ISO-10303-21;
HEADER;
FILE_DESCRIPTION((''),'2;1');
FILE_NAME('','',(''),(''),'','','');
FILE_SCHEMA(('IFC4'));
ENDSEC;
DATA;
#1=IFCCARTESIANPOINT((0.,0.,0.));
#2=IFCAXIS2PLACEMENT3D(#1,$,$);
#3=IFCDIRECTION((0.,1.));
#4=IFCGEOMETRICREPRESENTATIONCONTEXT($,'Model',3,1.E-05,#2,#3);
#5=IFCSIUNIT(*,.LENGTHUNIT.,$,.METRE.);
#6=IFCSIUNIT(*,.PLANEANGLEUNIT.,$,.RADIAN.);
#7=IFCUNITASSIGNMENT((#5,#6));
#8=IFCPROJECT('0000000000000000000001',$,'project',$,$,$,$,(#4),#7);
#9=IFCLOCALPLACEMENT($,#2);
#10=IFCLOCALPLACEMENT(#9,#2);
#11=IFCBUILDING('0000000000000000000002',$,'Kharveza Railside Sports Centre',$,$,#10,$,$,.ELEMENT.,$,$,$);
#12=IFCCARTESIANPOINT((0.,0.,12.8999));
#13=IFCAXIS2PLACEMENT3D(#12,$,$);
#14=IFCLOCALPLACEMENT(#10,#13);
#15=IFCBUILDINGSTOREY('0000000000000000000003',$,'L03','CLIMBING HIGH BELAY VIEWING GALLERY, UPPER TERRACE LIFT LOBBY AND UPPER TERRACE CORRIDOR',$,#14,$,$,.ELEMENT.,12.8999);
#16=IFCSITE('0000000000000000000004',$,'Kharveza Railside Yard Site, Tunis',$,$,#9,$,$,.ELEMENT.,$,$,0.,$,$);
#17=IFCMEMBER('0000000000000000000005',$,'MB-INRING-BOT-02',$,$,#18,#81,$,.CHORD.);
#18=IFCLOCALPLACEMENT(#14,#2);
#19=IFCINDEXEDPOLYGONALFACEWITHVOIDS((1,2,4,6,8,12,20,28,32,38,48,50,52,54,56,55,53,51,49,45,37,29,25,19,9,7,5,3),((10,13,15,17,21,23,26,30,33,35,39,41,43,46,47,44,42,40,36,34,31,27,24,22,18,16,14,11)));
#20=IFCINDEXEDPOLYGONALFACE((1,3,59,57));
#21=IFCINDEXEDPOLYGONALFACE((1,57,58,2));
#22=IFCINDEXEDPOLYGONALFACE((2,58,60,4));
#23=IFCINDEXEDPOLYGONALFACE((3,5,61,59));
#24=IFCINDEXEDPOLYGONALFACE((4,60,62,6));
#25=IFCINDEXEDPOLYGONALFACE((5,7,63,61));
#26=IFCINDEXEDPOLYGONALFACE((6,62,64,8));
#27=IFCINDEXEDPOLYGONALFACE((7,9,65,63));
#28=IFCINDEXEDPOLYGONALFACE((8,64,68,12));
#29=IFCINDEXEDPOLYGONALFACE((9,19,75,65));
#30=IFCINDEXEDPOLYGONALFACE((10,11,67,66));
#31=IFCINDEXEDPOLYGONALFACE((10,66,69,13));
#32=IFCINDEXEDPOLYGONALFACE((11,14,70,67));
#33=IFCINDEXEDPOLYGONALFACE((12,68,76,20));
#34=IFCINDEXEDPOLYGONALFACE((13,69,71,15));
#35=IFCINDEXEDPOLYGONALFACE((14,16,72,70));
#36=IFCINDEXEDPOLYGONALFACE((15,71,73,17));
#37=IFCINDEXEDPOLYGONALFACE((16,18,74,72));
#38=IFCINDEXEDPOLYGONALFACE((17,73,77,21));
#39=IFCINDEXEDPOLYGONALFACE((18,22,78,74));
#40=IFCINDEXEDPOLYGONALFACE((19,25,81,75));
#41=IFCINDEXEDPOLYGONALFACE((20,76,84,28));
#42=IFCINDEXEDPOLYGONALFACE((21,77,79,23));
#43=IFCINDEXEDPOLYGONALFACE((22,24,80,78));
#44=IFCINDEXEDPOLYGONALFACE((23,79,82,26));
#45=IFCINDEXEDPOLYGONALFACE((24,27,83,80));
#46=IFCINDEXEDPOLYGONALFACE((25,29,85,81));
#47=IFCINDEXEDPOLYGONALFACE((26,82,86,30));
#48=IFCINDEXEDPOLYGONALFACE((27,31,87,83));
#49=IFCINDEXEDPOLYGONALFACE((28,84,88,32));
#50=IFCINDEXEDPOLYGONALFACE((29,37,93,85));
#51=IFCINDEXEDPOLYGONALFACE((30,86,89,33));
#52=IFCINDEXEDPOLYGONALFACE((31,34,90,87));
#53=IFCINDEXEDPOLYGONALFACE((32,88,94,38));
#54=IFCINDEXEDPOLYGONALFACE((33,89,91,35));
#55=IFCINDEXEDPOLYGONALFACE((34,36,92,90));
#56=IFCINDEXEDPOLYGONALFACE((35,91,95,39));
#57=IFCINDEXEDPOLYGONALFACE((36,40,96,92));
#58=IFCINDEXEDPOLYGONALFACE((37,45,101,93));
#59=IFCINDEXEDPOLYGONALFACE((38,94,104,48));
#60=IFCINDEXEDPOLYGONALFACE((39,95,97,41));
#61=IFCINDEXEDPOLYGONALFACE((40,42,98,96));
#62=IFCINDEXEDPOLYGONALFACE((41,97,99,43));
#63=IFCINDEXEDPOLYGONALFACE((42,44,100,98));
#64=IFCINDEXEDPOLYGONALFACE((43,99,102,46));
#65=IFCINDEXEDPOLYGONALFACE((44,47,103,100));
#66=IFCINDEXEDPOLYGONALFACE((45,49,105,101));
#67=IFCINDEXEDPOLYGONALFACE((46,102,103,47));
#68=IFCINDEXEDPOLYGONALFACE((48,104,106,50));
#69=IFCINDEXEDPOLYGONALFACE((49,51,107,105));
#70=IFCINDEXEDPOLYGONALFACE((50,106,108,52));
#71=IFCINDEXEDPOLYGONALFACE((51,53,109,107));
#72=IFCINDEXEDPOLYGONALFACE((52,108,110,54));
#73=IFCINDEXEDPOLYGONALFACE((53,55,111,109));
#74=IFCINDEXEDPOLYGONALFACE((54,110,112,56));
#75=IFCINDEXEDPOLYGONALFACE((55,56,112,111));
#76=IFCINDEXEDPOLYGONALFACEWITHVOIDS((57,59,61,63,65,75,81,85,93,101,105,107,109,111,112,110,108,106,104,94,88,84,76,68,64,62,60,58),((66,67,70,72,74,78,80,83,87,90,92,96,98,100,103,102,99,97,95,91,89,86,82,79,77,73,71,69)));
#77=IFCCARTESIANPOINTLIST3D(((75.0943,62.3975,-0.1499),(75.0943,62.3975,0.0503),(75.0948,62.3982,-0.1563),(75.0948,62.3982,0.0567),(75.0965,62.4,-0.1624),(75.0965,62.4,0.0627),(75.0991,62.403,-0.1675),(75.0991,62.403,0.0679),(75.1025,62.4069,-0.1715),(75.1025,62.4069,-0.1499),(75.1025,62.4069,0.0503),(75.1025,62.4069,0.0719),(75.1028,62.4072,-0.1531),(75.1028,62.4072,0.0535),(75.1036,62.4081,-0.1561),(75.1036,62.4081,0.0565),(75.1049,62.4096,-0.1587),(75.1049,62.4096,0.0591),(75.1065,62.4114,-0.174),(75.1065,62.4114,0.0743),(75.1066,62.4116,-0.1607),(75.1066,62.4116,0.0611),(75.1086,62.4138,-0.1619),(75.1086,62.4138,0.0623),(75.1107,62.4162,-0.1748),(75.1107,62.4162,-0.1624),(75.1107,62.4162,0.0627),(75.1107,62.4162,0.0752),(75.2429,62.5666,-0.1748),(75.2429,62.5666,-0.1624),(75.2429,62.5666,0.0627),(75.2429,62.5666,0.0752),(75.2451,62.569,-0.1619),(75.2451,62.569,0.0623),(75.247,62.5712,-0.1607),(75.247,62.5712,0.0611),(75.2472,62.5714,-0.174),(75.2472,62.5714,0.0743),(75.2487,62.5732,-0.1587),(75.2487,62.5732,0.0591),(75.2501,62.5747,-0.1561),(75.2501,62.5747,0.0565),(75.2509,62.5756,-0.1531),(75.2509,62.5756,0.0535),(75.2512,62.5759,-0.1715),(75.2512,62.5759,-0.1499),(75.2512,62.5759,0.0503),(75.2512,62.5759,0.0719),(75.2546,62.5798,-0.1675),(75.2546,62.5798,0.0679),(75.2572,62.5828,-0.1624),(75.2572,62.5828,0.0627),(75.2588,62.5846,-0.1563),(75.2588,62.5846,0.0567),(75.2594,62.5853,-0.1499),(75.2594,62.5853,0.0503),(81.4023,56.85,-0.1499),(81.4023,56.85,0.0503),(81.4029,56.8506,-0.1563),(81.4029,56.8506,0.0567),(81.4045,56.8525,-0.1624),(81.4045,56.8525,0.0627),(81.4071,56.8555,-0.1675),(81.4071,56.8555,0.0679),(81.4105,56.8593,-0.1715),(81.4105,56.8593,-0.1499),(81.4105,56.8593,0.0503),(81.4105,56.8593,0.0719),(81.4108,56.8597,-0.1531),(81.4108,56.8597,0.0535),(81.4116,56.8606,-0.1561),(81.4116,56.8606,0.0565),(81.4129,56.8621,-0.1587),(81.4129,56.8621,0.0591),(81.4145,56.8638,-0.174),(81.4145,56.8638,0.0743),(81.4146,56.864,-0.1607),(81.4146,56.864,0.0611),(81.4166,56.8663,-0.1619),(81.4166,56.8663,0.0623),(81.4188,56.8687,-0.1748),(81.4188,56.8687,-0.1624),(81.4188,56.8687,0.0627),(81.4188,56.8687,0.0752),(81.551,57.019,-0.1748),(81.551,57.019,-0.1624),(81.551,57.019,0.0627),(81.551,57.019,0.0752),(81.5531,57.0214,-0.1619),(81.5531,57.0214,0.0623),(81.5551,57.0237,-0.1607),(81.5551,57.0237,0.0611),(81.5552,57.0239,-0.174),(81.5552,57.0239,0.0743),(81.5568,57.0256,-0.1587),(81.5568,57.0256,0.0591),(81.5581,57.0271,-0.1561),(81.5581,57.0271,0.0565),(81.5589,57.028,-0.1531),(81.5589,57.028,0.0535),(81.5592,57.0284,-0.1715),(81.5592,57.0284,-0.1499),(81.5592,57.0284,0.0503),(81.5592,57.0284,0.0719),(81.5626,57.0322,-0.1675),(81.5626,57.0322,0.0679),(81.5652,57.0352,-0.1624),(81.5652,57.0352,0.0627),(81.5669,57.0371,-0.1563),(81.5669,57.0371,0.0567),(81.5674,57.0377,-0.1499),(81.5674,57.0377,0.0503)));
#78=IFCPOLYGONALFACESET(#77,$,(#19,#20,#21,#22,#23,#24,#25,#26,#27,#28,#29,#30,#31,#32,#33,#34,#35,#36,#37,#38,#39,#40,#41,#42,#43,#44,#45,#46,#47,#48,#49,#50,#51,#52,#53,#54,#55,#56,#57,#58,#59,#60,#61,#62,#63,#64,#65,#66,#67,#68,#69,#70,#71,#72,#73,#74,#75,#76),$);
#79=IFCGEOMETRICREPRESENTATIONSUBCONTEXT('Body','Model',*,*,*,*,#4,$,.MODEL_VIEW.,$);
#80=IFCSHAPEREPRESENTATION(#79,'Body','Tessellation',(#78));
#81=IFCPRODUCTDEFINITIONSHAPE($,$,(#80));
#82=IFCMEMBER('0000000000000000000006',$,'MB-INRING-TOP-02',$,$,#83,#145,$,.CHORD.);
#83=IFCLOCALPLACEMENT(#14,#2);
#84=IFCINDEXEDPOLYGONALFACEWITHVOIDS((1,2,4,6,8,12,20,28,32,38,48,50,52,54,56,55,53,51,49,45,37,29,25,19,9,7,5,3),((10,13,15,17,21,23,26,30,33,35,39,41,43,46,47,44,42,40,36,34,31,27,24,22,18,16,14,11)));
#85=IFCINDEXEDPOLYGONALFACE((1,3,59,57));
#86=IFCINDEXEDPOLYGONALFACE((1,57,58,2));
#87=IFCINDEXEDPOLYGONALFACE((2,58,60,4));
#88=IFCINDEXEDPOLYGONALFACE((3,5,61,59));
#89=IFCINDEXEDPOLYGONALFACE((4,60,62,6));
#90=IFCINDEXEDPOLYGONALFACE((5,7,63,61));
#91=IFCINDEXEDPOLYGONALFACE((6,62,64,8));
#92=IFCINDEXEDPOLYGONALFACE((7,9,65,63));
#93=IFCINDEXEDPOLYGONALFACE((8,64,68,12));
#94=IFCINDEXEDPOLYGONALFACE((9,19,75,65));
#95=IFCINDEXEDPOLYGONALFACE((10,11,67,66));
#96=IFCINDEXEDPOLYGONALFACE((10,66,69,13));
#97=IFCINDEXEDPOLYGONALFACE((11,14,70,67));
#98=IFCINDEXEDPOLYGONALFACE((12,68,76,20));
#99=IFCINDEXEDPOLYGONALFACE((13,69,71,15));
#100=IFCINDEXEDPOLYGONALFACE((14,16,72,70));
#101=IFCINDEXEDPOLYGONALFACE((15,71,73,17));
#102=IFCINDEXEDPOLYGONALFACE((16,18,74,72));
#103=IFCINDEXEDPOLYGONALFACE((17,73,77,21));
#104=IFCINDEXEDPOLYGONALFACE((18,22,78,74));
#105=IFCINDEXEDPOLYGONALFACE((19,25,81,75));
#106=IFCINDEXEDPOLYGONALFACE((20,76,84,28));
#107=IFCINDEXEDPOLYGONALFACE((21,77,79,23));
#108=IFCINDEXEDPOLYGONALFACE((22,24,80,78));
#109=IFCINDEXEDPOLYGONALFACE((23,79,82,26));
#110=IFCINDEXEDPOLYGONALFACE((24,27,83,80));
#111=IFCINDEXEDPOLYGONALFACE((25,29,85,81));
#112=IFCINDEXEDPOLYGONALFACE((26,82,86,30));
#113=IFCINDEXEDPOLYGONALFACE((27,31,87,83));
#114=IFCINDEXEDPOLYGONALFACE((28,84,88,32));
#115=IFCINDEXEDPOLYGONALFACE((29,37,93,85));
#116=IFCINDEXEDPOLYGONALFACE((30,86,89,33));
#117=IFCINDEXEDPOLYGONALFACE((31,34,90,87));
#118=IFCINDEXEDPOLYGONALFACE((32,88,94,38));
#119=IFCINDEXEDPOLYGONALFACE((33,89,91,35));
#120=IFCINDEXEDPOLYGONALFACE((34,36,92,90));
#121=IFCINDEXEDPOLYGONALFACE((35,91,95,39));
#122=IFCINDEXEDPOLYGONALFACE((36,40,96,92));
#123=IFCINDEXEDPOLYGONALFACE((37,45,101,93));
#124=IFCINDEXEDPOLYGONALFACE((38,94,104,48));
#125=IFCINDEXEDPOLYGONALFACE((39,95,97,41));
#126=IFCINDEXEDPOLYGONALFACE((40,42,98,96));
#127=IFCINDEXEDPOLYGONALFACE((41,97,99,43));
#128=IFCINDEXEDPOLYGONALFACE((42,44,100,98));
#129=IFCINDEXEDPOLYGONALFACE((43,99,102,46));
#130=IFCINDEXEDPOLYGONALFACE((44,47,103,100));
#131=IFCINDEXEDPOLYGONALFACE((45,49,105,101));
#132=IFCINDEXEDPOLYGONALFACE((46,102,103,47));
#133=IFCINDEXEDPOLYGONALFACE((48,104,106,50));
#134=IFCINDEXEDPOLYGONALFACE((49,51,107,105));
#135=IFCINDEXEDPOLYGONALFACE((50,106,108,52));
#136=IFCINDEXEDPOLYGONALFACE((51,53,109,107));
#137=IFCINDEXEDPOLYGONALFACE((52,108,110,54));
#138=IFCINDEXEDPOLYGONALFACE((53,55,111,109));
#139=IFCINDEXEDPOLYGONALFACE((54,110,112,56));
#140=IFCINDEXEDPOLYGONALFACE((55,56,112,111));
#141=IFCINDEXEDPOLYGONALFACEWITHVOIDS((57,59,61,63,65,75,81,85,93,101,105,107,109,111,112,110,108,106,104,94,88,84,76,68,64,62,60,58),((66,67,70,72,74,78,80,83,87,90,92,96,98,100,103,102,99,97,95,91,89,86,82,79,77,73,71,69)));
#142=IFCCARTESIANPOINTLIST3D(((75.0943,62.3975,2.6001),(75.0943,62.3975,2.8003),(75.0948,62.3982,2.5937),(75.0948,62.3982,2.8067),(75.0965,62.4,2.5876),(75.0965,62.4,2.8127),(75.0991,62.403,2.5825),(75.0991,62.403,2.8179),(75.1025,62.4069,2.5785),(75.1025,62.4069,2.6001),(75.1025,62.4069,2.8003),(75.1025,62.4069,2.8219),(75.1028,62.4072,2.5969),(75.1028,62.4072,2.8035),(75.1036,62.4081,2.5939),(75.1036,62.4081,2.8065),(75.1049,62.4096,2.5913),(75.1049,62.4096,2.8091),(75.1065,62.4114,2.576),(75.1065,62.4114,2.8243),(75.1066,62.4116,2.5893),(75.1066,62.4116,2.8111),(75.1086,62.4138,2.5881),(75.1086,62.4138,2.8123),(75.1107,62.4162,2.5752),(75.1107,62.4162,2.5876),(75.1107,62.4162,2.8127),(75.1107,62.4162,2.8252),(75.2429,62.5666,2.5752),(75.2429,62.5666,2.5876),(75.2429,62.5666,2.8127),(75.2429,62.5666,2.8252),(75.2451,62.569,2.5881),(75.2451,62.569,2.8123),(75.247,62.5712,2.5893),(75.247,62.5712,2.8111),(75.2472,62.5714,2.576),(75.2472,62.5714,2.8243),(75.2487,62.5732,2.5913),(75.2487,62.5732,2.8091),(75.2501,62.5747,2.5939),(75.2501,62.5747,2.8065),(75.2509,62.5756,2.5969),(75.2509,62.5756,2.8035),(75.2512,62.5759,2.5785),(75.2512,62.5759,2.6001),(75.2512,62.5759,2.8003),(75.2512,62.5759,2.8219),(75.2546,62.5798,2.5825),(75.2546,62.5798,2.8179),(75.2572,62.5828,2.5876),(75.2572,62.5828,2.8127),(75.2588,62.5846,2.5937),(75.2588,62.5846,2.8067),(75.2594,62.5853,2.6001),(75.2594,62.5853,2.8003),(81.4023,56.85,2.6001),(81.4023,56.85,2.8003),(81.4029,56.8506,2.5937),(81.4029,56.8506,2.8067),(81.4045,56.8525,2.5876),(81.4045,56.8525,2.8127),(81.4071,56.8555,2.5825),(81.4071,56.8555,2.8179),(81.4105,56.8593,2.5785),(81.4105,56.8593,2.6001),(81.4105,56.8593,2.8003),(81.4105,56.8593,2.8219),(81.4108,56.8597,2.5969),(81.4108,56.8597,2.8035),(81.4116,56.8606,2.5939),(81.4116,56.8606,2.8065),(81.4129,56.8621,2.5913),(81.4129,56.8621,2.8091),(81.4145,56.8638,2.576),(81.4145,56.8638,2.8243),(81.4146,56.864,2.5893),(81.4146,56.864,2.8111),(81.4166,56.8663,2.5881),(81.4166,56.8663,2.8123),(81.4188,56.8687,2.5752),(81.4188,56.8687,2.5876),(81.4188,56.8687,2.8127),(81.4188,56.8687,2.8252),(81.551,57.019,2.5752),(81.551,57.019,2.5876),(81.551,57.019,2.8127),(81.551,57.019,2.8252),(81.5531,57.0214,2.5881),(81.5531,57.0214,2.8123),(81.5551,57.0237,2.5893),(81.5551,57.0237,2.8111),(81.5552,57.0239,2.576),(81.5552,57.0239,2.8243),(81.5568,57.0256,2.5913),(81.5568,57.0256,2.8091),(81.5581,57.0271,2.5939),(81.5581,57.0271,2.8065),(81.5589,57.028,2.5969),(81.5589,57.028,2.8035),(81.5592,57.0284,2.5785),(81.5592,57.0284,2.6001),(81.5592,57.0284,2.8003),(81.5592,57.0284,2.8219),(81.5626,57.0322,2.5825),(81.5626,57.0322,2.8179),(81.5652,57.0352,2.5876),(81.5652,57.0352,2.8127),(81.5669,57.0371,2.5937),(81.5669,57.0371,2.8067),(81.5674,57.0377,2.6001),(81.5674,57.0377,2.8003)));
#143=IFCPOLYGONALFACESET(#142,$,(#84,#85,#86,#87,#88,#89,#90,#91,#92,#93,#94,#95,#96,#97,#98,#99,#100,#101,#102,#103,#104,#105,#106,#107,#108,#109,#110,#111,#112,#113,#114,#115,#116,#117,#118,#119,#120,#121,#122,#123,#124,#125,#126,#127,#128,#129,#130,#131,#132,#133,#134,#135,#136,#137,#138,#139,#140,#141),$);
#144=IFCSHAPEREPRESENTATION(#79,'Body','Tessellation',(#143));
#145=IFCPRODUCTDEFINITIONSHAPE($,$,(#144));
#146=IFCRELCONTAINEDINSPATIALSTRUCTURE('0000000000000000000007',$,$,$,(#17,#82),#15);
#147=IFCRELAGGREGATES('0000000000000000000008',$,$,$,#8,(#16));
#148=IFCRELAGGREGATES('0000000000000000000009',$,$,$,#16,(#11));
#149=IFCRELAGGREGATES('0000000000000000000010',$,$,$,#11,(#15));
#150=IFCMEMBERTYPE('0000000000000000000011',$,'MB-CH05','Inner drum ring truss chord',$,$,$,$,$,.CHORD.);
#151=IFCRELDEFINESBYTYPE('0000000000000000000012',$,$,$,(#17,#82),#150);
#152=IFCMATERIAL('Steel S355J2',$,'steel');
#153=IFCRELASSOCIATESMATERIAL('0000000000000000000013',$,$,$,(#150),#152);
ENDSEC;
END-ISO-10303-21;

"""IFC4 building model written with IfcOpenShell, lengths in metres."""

from ifc_helpers import new_model, si_unit, direction, frame, origin, origin_2d, place, context, subcontext, project, spatial, hollow_rectangle, extrude, material, material_profile, profile_set, type_object, element, save


model = new_model("IFC4")

# Units and contexts
model_context = context("Model", 3, precision=1e-05, world=origin(), true_north=direction((0.0, 1.0)))
body_context = subcontext(model_context, "Body", "Model", "MODEL_VIEW")
ifc_project = project(units=[si_unit("LENGTHUNIT", "METRE"), si_unit("PLANEANGLEUNIT", "RADIAN")], contexts=[model_context])

# Site, building, storey
site_placement = place(None, origin())
site = spatial("IfcSite", under=ifc_project, at=site_placement, Name="Kharveza Railside Yard Site, Tunis", CompositionType="ELEMENT", RefElevation=0.0)
building_placement = place(site_placement, origin())
building = spatial("IfcBuilding", under=site, at=building_placement, Name="Kharveza Railside Sports Centre", CompositionType="ELEMENT")
storey_placement = place(building_placement, frame((0.0, 0.0, 12.8999)))
storey = spatial("IfcBuildingStorey", under=building, at=storey_placement, Name="L03", Description="CLIMBING HIGH BELAY VIEWING GALLERY, UPPER TERRACE LIFT LOBBY AND UPPER TERRACE CORRIDOR", CompositionType="ELEMENT", Elevation=12.8999)

# Shared definitions
ifc_material_1 = material(Name="Steel S355J2", Category="steel")

# Members
ifc_material_profile_1 = material_profile(ifc_material_1, hollow_rectangle(XDim=0.25, YDim=0.25, WallThickness=0.0125, InnerFilletRadius=0.0125, OuterFilletRadius=0.0249, at=origin_2d()), Name="SHS 250x250x12.5")
ifc_profile_set_1 = profile_set([ifc_material_profile_1], Name="Steel S355J2")
member_type_1 = type_object("IfcMemberType", Name="MB-CH05", Description="Inner drum ring truss chord", PredefinedType="CHORD", material=ifc_profile_set_1)
for number, where, z_axis, x_axis, name in (
    (1, (81.4849, 56.9438, -0.0498), (-0.750922, 0.660391, 0.0), (-0.660391, -0.750922, 0.0), "MB-INRING-BOT-02"),
    (2, (81.4849, 56.9438, 2.7002), (-0.750922, 0.660391, 0.0), (-0.660391, -0.750922, 0.0), "MB-INRING-TOP-02"),
):
    element("IfcMember", number, at=place(storey_placement, frame(where, z_axis=z_axis, x_axis=x_axis)), inside=storey, type_object=member_type_1, Name=name, PredefinedType="CHORD", context=body_context, shape_type="SweptSolid", body=[
        extrude(hollow_rectangle(XDim=0.25, YDim=0.25, WallThickness=0.0125, InnerFilletRadius=0.0125, OuterFilletRadius=0.0249, at=origin_2d()), origin(), (0.0, 0.0, 1.0), 8.4004),
    ])

save(model, "model.ifc")
